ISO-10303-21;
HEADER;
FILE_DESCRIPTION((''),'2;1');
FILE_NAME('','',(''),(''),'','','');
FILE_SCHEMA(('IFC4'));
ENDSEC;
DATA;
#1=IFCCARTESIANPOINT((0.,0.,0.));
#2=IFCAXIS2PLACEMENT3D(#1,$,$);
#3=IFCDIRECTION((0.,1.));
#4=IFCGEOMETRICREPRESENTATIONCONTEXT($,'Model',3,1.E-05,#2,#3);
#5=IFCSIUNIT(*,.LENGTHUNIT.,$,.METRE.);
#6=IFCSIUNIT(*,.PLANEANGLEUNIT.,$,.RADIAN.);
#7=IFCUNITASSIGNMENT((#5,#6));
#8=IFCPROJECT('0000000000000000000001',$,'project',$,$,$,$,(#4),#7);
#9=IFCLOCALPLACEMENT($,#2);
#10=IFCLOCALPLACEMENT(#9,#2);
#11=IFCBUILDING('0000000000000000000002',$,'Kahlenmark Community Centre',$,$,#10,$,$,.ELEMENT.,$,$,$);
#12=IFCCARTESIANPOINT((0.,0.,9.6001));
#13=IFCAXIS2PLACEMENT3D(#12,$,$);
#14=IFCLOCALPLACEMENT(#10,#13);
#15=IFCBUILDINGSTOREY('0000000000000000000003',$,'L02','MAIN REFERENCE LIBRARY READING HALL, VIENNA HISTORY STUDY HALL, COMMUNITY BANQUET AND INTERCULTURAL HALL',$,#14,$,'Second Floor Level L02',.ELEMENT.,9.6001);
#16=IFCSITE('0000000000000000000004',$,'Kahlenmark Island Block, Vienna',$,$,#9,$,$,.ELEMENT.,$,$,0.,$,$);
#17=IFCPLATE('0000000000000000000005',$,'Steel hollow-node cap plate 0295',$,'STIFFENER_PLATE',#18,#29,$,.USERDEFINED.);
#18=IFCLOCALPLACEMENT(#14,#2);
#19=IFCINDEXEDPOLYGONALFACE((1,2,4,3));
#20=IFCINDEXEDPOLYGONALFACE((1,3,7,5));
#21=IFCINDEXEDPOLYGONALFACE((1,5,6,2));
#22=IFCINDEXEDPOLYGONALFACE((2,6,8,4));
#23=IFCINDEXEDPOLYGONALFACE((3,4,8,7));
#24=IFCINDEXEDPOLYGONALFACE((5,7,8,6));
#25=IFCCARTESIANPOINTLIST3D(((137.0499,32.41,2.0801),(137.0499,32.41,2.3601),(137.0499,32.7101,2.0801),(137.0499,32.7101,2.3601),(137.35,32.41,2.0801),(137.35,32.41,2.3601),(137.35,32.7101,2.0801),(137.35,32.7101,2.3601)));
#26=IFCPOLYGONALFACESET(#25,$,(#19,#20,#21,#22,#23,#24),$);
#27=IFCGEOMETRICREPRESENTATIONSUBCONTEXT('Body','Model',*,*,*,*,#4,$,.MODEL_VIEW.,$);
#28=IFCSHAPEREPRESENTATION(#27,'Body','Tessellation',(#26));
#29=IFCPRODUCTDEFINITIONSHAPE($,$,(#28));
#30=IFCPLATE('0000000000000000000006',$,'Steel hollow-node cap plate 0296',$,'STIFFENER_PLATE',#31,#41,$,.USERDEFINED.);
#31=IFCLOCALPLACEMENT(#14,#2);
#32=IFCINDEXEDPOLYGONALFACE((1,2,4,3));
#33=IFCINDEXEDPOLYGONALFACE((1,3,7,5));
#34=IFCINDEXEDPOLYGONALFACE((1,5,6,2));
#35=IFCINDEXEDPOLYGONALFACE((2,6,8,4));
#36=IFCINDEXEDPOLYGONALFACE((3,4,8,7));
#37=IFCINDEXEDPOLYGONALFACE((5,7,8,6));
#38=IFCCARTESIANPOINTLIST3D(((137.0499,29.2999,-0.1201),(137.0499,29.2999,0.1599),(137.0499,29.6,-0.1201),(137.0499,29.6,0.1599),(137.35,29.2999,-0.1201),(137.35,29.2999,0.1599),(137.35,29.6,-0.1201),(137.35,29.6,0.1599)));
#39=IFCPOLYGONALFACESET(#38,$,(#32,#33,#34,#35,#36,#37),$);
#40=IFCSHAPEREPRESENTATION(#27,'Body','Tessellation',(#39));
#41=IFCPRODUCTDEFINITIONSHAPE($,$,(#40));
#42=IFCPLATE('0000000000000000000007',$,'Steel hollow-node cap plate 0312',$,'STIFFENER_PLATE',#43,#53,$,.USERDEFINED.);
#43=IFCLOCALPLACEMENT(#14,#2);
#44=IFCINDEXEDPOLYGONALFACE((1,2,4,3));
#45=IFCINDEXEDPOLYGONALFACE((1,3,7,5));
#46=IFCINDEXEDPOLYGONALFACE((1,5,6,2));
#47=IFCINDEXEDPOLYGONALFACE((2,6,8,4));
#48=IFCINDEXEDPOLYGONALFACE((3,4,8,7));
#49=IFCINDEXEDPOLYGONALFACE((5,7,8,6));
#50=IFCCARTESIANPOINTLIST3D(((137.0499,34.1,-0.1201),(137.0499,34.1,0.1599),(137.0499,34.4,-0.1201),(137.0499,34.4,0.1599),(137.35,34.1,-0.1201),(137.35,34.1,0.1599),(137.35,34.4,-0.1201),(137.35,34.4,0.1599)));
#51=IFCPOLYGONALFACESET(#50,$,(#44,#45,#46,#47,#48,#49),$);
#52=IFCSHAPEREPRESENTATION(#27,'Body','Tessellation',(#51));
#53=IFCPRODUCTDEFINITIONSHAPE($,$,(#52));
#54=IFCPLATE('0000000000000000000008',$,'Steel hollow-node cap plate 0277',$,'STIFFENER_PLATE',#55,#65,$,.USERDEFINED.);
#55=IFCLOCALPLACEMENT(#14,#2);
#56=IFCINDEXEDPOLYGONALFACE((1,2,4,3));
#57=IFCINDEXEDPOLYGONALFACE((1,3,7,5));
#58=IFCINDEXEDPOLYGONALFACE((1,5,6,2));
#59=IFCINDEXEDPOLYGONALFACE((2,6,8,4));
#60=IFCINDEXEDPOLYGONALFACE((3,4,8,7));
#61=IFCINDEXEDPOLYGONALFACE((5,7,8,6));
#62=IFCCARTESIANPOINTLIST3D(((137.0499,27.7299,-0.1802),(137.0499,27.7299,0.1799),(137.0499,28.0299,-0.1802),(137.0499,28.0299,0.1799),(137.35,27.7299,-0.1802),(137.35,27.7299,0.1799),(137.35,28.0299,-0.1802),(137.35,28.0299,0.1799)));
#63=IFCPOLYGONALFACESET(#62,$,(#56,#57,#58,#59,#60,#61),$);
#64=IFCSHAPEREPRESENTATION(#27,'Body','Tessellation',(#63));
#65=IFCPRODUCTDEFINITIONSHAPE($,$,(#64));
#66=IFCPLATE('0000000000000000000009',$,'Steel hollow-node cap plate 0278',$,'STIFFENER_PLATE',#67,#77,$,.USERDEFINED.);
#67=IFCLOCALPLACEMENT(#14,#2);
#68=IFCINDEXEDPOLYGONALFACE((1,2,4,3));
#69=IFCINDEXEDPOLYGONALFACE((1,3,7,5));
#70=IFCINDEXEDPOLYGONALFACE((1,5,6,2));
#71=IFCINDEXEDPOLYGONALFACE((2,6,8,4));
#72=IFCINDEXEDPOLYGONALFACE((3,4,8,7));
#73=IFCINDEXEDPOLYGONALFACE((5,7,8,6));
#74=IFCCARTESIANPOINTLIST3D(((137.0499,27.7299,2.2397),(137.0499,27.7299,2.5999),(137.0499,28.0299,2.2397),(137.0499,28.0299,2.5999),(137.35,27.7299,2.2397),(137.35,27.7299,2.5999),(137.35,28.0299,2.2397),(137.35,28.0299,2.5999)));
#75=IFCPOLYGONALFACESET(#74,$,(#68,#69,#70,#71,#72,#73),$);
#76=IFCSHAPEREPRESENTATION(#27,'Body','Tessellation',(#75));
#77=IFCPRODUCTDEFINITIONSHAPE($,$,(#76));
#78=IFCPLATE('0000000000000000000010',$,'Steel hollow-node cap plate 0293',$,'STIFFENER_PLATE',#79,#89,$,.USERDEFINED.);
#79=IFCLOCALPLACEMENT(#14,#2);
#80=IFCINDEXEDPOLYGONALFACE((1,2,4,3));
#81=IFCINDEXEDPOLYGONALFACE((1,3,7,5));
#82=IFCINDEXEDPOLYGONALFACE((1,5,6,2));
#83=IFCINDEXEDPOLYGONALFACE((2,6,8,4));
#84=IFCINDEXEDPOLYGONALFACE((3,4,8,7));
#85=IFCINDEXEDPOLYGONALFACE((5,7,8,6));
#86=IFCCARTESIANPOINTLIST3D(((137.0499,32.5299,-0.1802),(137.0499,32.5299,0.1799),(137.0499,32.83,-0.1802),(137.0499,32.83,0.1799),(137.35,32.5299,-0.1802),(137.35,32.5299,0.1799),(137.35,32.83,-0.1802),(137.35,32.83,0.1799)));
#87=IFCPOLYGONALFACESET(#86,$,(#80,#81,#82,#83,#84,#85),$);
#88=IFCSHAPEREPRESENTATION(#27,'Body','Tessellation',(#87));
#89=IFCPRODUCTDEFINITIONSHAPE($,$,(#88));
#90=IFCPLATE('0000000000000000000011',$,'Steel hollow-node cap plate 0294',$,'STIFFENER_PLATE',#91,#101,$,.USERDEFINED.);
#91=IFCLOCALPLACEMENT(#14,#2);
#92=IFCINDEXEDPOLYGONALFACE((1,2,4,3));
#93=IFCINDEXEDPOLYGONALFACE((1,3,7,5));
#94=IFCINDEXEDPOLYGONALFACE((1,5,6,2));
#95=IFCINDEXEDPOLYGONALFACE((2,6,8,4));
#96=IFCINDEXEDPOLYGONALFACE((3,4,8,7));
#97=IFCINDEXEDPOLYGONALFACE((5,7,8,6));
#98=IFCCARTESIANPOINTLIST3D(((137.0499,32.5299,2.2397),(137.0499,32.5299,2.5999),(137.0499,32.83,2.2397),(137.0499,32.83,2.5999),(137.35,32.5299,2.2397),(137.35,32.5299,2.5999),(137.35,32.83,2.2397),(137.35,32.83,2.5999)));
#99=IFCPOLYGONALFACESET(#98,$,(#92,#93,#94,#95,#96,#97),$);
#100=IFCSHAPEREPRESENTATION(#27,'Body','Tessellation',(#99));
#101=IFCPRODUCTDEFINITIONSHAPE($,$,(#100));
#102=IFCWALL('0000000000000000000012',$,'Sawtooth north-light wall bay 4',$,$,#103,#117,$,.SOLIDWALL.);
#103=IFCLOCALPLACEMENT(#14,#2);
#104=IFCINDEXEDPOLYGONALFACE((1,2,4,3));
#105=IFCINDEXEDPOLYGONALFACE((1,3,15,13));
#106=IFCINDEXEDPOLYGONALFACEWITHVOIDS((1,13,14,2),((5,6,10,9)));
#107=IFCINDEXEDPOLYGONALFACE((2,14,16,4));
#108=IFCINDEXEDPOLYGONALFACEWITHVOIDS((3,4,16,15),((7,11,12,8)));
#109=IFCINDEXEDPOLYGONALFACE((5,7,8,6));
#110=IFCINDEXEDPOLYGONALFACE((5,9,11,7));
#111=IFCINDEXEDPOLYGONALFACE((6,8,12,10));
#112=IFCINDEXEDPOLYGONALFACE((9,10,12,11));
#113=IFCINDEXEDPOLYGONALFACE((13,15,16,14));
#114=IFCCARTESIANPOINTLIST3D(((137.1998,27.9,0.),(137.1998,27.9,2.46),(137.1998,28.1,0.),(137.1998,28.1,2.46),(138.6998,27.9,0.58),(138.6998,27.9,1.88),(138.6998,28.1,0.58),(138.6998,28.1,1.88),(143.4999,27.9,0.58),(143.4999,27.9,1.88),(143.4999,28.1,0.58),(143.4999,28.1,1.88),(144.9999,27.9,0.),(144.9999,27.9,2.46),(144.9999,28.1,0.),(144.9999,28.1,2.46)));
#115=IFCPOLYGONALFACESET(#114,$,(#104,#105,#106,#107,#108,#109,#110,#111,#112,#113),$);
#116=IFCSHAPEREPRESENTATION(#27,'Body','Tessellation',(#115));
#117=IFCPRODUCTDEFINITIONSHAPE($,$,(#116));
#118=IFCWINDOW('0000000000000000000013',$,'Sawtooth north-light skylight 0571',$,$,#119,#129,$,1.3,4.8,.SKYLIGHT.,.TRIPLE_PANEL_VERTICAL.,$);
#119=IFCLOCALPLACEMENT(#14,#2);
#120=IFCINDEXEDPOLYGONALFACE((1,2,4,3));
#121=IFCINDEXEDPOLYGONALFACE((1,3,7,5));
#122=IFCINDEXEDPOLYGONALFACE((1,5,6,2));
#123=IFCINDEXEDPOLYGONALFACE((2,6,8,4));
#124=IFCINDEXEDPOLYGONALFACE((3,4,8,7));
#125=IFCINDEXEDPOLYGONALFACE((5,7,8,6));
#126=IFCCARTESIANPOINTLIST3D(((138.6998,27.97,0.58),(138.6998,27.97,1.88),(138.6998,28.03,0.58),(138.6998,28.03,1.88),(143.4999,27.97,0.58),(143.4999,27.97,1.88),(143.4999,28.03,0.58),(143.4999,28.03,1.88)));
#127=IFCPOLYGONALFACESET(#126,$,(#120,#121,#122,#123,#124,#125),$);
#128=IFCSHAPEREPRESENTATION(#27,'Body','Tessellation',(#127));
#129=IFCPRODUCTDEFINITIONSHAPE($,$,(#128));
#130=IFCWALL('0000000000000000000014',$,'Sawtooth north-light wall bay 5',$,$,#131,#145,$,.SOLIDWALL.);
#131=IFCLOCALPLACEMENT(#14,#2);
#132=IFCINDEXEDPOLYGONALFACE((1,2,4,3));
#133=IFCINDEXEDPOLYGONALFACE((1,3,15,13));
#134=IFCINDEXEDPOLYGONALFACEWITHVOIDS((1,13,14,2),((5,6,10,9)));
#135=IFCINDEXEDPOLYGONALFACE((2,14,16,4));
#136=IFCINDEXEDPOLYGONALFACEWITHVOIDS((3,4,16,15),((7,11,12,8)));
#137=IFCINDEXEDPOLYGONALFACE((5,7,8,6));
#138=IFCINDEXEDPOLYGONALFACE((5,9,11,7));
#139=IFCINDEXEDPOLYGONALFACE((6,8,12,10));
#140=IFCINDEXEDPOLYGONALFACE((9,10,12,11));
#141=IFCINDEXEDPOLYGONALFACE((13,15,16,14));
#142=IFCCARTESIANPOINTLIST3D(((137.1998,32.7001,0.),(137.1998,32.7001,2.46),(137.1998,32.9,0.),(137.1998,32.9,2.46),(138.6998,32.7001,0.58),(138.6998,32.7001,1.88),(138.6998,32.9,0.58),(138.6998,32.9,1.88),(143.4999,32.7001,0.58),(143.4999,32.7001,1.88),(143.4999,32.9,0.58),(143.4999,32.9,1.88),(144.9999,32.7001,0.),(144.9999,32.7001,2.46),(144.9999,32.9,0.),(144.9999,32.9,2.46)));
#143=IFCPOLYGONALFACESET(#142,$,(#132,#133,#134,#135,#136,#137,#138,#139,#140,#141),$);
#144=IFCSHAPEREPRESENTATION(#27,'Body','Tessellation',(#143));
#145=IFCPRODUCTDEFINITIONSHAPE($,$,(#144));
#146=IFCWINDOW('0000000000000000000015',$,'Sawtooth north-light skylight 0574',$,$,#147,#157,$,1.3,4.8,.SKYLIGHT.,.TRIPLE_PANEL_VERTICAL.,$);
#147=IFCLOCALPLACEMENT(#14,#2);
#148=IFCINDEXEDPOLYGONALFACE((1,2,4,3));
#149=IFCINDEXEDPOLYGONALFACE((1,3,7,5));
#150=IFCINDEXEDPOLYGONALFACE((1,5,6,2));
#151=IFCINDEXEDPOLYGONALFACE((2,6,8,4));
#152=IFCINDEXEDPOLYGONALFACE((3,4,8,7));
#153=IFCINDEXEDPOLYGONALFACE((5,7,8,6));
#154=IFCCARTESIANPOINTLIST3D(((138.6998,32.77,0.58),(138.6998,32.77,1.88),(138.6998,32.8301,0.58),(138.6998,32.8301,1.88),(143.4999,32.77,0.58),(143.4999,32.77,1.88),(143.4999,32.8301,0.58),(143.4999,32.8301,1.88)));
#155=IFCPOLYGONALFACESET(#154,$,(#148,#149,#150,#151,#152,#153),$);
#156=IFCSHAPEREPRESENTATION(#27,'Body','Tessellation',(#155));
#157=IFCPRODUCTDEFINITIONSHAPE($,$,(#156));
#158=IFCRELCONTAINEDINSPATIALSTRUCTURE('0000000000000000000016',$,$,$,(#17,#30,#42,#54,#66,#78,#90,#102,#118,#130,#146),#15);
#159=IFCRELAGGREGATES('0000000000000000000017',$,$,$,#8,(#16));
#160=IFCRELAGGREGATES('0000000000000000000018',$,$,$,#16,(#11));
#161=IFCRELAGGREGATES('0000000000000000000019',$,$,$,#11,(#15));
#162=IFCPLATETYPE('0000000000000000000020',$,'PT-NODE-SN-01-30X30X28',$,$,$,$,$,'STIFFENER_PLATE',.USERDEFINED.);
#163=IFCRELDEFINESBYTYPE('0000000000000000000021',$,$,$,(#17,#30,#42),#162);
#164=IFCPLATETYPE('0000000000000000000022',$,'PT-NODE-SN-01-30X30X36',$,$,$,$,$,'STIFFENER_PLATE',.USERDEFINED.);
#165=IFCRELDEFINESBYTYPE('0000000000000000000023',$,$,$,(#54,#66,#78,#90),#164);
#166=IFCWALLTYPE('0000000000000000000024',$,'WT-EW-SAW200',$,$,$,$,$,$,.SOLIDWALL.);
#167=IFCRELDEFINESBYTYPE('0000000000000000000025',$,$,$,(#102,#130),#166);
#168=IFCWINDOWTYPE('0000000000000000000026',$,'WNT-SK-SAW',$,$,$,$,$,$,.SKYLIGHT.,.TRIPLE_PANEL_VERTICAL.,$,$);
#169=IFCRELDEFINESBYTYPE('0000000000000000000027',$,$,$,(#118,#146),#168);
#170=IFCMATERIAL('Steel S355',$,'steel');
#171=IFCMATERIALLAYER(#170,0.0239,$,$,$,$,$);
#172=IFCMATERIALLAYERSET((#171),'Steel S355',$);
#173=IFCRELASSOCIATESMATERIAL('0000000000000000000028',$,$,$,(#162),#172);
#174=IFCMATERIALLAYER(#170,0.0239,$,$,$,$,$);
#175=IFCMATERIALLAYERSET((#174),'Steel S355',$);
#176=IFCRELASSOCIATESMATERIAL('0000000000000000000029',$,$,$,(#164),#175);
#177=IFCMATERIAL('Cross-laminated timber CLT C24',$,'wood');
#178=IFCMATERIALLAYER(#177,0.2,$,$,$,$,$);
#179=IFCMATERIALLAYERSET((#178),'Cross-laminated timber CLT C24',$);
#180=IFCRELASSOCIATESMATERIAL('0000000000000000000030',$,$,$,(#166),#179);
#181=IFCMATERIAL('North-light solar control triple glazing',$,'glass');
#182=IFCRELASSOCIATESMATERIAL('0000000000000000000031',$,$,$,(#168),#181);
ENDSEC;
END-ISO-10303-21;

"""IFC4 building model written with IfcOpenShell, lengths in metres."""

from ifc_helpers import new_model, si_unit, direction, frame, frame_2d, origin, origin_2d, place, context, subcontext, project, spatial, rectangle, extrude, material, layer, layer_set, type_object, element, fill, save


model = new_model("IFC4")

# Units and contexts
model_context = context("Model", 3, precision=1e-05, world=origin(), true_north=direction((0.0, 1.0)))
body_context = subcontext(model_context, "Body", "Model", "MODEL_VIEW")
ifc_project = project(units=[si_unit("LENGTHUNIT", "METRE"), si_unit("PLANEANGLEUNIT", "RADIAN")], contexts=[model_context])

# Site, building, storey
site_placement = place(None, origin())
site = spatial("IfcSite", under=ifc_project, at=site_placement, Name="Kahlenmark Island Block, Vienna", CompositionType="ELEMENT", RefElevation=0.0)
building_placement = place(site_placement, origin())
building = spatial("IfcBuilding", under=site, at=building_placement, Name="Kahlenmark Community Centre", CompositionType="ELEMENT")
storey_placement = place(building_placement, frame((0.0, 0.0, 9.6001)))
storey = spatial("IfcBuildingStorey", under=building, at=storey_placement, Name="L02", Description="MAIN REFERENCE LIBRARY READING HALL, VIENNA HISTORY STUDY HALL, COMMUNITY BANQUET AND INTERCULTURAL HALL", LongName="Second Floor Level L02", CompositionType="ELEMENT", Elevation=9.6001)

# Shared definitions
ifc_material_1 = material(Name="Steel S355", Category="steel")

# Plates
ifc_layer_1 = layer(ifc_material_1, 0.0239)
ifc_layer_set_1 = layer_set([ifc_layer_1], Name="Steel S355")
plate_type_1 = type_object("IfcPlateType", Name="PT-NODE-SN-01-30X30X28", ElementType="STIFFENER_PLATE", PredefinedType="USERDEFINED", material=ifc_layer_set_1)
for number, where, z_axis, x_axis, name in (
    (1, (137.2, 32.5601, 2.0801), (0.0, 0.0, 1.0), (1.0, 0.0, 0.0), "Steel hollow-node cap plate 0295"),
    (2, (137.2, 29.45, -0.1201), (0.0, 0.0, 1.0), (1.0, 0.0, 0.0), "Steel hollow-node cap plate 0296"),
    (3, (137.2, 34.25, -0.1201), (0.0, 0.0, 1.0), (1.0, 0.0, 0.0), "Steel hollow-node cap plate 0312"),
):
    element("IfcPlate", number, at=place(storey_placement, frame(where, z_axis=z_axis, x_axis=x_axis)), inside=storey, type_object=plate_type_1, Name=name, ObjectType="STIFFENER_PLATE", PredefinedType="USERDEFINED", context=body_context, shape_type="SweptSolid", body=[
        extrude(rectangle(XDim=0.3, YDim=0.3, at=origin_2d()), origin(), (0.0, 0.0, 1.0), 0.28),
    ])
ifc_layer_2 = layer(ifc_material_1, 0.0239)
ifc_layer_set_2 = layer_set([ifc_layer_2], Name="Steel S355")
plate_type_2 = type_object("IfcPlateType", Name="PT-NODE-SN-01-30X30X36", ElementType="STIFFENER_PLATE", PredefinedType="USERDEFINED", material=ifc_layer_set_2)
for number, where, z_axis, x_axis, name in (
    (4, (137.2, 27.8799, -0.1802), (0.0, 0.0, 1.0), (1.0, 0.0, 0.0), "Steel hollow-node cap plate 0277"),
    (5, (137.2, 27.8799, 2.2397), (0.0, 0.0, 1.0), (1.0, 0.0, 0.0), "Steel hollow-node cap plate 0278"),
    (6, (137.2, 32.6799, -0.1802), (0.0, 0.0, 1.0), (1.0, 0.0, 0.0), "Steel hollow-node cap plate 0293"),
    (7, (137.2, 32.6799, 2.2397), (0.0, 0.0, 1.0), (1.0, 0.0, 0.0), "Steel hollow-node cap plate 0294"),
):
    element("IfcPlate", number, at=place(storey_placement, frame(where, z_axis=z_axis, x_axis=x_axis)), inside=storey, type_object=plate_type_2, Name=name, ObjectType="STIFFENER_PLATE", PredefinedType="USERDEFINED", context=body_context, shape_type="SweptSolid", body=[
        extrude(rectangle(XDim=0.3, YDim=0.3, at=origin_2d()), origin(), (0.0, 0.0, 1.0), 0.3601),
    ])

# Walls, openings, windows
ifc_material_2 = material(Name="Cross-laminated timber CLT C24", Category="wood")
ifc_layer_3 = layer(ifc_material_2, 0.2)
ifc_layer_set_3 = layer_set([ifc_layer_3], Name="Cross-laminated timber CLT C24")
wall_type = type_object("IfcWallType", Name="WT-EW-SAW200", PredefinedType="SOLIDWALL", material=ifc_layer_set_3)
wall_1_placement = place(storey_placement, frame((137.2, 28.0, 0.0), z_axis=(0.0, 0.0, 1.0), x_axis=(1.0, 0.0, 0.0)))
wall_1 = element("IfcWall", 8, at=wall_1_placement, inside=storey, type_object=wall_type, Name="Sawtooth north-light wall bay 4", PredefinedType="SOLIDWALL", context=body_context, shape_type="SweptSolid", body=[
    extrude(rectangle(XDim=7.8, YDim=0.2, at=frame_2d((3.8999, 0.0))), origin(), (0.0, 0.0, 1.0), 2.46),
])
opening_1_placement = place(wall_1_placement, frame((1.5, 0.0, 0.5801)))
opening_1 = element("IfcOpeningElement", 9, at=opening_1_placement, cuts=wall_1, PredefinedType="OPENING", context=body_context, shape_type="SweptSolid", body=[
    extrude(rectangle(XDim=4.8, YDim=1.3, at=frame_2d((2.3999, 0.6499))), frame((0.0, 0.1099, 0.0), z_axis=(0.0, -1.0, 0.0), x_axis=(1.0, 0.0, 0.0)), (0.0, 0.0, 1.0), 0.22),
])
ifc_material_3 = material(Name="North-light solar control triple glazing", Category="glass")
window_type = type_object("IfcWindowType", Name="WNT-SK-SAW", PartitioningType="TRIPLE_PANEL_VERTICAL", PredefinedType="SKYLIGHT", material=ifc_material_3)
window_1_placement = place(opening_1_placement, origin())
window_1 = element("IfcWindow", 10, at=window_1_placement, inside=storey, type_object=window_type, Name="Sawtooth north-light skylight 0571", OverallHeight=1.3, OverallWidth=4.8, PartitioningType="TRIPLE_PANEL_VERTICAL", PredefinedType="SKYLIGHT", context=body_context, shape_type="SweptSolid", body=[
    extrude(rectangle(XDim=4.8, YDim=1.3, at=frame_2d((2.3999, 0.6499))), frame((0.0, 0.03, 0.0), z_axis=(0.0, -1.0, 0.0), x_axis=(1.0, 0.0, 0.0)), (0.0, 0.0, 1.0), 0.0601),
])
fill(opening_1, window_1)
wall_2_placement = place(storey_placement, frame((137.2, 32.8, 0.0), z_axis=(0.0, 0.0, 1.0), x_axis=(1.0, 0.0, 0.0)))
wall_2 = element("IfcWall", 11, at=wall_2_placement, inside=storey, type_object=wall_type, Name="Sawtooth north-light wall bay 5", PredefinedType="SOLIDWALL", context=body_context, shape_type="SweptSolid", body=[
    extrude(rectangle(XDim=7.8, YDim=0.2, at=frame_2d((3.8999, 0.0))), origin(), (0.0, 0.0, 1.0), 2.46),
])
opening_2_placement = place(wall_2_placement, frame((1.5, 0.0, 0.5801)))
opening_2 = element("IfcOpeningElement", 12, at=opening_2_placement, cuts=wall_2, PredefinedType="OPENING", context=body_context, shape_type="SweptSolid", body=[
    extrude(rectangle(XDim=4.8, YDim=1.3, at=frame_2d((2.3999, 0.6499))), frame((0.0, 0.1099, 0.0), z_axis=(0.0, -1.0, 0.0), x_axis=(1.0, 0.0, 0.0)), (0.0, 0.0, 1.0), 0.22),
])
window_2_placement = place(opening_2_placement, origin())
window_2 = element("IfcWindow", 13, at=window_2_placement, inside=storey, type_object=window_type, Name="Sawtooth north-light skylight 0574", OverallHeight=1.3, OverallWidth=4.8, PartitioningType="TRIPLE_PANEL_VERTICAL", PredefinedType="SKYLIGHT", context=body_context, shape_type="SweptSolid", body=[
    extrude(rectangle(XDim=4.8, YDim=1.3, at=frame_2d((2.3999, 0.6499))), frame((0.0, 0.03, 0.0), z_axis=(0.0, -1.0, 0.0), x_axis=(1.0, 0.0, 0.0)), (0.0, 0.0, 1.0), 0.0601),
])
fill(opening_2, window_2)

save(model, "model.ifc")
